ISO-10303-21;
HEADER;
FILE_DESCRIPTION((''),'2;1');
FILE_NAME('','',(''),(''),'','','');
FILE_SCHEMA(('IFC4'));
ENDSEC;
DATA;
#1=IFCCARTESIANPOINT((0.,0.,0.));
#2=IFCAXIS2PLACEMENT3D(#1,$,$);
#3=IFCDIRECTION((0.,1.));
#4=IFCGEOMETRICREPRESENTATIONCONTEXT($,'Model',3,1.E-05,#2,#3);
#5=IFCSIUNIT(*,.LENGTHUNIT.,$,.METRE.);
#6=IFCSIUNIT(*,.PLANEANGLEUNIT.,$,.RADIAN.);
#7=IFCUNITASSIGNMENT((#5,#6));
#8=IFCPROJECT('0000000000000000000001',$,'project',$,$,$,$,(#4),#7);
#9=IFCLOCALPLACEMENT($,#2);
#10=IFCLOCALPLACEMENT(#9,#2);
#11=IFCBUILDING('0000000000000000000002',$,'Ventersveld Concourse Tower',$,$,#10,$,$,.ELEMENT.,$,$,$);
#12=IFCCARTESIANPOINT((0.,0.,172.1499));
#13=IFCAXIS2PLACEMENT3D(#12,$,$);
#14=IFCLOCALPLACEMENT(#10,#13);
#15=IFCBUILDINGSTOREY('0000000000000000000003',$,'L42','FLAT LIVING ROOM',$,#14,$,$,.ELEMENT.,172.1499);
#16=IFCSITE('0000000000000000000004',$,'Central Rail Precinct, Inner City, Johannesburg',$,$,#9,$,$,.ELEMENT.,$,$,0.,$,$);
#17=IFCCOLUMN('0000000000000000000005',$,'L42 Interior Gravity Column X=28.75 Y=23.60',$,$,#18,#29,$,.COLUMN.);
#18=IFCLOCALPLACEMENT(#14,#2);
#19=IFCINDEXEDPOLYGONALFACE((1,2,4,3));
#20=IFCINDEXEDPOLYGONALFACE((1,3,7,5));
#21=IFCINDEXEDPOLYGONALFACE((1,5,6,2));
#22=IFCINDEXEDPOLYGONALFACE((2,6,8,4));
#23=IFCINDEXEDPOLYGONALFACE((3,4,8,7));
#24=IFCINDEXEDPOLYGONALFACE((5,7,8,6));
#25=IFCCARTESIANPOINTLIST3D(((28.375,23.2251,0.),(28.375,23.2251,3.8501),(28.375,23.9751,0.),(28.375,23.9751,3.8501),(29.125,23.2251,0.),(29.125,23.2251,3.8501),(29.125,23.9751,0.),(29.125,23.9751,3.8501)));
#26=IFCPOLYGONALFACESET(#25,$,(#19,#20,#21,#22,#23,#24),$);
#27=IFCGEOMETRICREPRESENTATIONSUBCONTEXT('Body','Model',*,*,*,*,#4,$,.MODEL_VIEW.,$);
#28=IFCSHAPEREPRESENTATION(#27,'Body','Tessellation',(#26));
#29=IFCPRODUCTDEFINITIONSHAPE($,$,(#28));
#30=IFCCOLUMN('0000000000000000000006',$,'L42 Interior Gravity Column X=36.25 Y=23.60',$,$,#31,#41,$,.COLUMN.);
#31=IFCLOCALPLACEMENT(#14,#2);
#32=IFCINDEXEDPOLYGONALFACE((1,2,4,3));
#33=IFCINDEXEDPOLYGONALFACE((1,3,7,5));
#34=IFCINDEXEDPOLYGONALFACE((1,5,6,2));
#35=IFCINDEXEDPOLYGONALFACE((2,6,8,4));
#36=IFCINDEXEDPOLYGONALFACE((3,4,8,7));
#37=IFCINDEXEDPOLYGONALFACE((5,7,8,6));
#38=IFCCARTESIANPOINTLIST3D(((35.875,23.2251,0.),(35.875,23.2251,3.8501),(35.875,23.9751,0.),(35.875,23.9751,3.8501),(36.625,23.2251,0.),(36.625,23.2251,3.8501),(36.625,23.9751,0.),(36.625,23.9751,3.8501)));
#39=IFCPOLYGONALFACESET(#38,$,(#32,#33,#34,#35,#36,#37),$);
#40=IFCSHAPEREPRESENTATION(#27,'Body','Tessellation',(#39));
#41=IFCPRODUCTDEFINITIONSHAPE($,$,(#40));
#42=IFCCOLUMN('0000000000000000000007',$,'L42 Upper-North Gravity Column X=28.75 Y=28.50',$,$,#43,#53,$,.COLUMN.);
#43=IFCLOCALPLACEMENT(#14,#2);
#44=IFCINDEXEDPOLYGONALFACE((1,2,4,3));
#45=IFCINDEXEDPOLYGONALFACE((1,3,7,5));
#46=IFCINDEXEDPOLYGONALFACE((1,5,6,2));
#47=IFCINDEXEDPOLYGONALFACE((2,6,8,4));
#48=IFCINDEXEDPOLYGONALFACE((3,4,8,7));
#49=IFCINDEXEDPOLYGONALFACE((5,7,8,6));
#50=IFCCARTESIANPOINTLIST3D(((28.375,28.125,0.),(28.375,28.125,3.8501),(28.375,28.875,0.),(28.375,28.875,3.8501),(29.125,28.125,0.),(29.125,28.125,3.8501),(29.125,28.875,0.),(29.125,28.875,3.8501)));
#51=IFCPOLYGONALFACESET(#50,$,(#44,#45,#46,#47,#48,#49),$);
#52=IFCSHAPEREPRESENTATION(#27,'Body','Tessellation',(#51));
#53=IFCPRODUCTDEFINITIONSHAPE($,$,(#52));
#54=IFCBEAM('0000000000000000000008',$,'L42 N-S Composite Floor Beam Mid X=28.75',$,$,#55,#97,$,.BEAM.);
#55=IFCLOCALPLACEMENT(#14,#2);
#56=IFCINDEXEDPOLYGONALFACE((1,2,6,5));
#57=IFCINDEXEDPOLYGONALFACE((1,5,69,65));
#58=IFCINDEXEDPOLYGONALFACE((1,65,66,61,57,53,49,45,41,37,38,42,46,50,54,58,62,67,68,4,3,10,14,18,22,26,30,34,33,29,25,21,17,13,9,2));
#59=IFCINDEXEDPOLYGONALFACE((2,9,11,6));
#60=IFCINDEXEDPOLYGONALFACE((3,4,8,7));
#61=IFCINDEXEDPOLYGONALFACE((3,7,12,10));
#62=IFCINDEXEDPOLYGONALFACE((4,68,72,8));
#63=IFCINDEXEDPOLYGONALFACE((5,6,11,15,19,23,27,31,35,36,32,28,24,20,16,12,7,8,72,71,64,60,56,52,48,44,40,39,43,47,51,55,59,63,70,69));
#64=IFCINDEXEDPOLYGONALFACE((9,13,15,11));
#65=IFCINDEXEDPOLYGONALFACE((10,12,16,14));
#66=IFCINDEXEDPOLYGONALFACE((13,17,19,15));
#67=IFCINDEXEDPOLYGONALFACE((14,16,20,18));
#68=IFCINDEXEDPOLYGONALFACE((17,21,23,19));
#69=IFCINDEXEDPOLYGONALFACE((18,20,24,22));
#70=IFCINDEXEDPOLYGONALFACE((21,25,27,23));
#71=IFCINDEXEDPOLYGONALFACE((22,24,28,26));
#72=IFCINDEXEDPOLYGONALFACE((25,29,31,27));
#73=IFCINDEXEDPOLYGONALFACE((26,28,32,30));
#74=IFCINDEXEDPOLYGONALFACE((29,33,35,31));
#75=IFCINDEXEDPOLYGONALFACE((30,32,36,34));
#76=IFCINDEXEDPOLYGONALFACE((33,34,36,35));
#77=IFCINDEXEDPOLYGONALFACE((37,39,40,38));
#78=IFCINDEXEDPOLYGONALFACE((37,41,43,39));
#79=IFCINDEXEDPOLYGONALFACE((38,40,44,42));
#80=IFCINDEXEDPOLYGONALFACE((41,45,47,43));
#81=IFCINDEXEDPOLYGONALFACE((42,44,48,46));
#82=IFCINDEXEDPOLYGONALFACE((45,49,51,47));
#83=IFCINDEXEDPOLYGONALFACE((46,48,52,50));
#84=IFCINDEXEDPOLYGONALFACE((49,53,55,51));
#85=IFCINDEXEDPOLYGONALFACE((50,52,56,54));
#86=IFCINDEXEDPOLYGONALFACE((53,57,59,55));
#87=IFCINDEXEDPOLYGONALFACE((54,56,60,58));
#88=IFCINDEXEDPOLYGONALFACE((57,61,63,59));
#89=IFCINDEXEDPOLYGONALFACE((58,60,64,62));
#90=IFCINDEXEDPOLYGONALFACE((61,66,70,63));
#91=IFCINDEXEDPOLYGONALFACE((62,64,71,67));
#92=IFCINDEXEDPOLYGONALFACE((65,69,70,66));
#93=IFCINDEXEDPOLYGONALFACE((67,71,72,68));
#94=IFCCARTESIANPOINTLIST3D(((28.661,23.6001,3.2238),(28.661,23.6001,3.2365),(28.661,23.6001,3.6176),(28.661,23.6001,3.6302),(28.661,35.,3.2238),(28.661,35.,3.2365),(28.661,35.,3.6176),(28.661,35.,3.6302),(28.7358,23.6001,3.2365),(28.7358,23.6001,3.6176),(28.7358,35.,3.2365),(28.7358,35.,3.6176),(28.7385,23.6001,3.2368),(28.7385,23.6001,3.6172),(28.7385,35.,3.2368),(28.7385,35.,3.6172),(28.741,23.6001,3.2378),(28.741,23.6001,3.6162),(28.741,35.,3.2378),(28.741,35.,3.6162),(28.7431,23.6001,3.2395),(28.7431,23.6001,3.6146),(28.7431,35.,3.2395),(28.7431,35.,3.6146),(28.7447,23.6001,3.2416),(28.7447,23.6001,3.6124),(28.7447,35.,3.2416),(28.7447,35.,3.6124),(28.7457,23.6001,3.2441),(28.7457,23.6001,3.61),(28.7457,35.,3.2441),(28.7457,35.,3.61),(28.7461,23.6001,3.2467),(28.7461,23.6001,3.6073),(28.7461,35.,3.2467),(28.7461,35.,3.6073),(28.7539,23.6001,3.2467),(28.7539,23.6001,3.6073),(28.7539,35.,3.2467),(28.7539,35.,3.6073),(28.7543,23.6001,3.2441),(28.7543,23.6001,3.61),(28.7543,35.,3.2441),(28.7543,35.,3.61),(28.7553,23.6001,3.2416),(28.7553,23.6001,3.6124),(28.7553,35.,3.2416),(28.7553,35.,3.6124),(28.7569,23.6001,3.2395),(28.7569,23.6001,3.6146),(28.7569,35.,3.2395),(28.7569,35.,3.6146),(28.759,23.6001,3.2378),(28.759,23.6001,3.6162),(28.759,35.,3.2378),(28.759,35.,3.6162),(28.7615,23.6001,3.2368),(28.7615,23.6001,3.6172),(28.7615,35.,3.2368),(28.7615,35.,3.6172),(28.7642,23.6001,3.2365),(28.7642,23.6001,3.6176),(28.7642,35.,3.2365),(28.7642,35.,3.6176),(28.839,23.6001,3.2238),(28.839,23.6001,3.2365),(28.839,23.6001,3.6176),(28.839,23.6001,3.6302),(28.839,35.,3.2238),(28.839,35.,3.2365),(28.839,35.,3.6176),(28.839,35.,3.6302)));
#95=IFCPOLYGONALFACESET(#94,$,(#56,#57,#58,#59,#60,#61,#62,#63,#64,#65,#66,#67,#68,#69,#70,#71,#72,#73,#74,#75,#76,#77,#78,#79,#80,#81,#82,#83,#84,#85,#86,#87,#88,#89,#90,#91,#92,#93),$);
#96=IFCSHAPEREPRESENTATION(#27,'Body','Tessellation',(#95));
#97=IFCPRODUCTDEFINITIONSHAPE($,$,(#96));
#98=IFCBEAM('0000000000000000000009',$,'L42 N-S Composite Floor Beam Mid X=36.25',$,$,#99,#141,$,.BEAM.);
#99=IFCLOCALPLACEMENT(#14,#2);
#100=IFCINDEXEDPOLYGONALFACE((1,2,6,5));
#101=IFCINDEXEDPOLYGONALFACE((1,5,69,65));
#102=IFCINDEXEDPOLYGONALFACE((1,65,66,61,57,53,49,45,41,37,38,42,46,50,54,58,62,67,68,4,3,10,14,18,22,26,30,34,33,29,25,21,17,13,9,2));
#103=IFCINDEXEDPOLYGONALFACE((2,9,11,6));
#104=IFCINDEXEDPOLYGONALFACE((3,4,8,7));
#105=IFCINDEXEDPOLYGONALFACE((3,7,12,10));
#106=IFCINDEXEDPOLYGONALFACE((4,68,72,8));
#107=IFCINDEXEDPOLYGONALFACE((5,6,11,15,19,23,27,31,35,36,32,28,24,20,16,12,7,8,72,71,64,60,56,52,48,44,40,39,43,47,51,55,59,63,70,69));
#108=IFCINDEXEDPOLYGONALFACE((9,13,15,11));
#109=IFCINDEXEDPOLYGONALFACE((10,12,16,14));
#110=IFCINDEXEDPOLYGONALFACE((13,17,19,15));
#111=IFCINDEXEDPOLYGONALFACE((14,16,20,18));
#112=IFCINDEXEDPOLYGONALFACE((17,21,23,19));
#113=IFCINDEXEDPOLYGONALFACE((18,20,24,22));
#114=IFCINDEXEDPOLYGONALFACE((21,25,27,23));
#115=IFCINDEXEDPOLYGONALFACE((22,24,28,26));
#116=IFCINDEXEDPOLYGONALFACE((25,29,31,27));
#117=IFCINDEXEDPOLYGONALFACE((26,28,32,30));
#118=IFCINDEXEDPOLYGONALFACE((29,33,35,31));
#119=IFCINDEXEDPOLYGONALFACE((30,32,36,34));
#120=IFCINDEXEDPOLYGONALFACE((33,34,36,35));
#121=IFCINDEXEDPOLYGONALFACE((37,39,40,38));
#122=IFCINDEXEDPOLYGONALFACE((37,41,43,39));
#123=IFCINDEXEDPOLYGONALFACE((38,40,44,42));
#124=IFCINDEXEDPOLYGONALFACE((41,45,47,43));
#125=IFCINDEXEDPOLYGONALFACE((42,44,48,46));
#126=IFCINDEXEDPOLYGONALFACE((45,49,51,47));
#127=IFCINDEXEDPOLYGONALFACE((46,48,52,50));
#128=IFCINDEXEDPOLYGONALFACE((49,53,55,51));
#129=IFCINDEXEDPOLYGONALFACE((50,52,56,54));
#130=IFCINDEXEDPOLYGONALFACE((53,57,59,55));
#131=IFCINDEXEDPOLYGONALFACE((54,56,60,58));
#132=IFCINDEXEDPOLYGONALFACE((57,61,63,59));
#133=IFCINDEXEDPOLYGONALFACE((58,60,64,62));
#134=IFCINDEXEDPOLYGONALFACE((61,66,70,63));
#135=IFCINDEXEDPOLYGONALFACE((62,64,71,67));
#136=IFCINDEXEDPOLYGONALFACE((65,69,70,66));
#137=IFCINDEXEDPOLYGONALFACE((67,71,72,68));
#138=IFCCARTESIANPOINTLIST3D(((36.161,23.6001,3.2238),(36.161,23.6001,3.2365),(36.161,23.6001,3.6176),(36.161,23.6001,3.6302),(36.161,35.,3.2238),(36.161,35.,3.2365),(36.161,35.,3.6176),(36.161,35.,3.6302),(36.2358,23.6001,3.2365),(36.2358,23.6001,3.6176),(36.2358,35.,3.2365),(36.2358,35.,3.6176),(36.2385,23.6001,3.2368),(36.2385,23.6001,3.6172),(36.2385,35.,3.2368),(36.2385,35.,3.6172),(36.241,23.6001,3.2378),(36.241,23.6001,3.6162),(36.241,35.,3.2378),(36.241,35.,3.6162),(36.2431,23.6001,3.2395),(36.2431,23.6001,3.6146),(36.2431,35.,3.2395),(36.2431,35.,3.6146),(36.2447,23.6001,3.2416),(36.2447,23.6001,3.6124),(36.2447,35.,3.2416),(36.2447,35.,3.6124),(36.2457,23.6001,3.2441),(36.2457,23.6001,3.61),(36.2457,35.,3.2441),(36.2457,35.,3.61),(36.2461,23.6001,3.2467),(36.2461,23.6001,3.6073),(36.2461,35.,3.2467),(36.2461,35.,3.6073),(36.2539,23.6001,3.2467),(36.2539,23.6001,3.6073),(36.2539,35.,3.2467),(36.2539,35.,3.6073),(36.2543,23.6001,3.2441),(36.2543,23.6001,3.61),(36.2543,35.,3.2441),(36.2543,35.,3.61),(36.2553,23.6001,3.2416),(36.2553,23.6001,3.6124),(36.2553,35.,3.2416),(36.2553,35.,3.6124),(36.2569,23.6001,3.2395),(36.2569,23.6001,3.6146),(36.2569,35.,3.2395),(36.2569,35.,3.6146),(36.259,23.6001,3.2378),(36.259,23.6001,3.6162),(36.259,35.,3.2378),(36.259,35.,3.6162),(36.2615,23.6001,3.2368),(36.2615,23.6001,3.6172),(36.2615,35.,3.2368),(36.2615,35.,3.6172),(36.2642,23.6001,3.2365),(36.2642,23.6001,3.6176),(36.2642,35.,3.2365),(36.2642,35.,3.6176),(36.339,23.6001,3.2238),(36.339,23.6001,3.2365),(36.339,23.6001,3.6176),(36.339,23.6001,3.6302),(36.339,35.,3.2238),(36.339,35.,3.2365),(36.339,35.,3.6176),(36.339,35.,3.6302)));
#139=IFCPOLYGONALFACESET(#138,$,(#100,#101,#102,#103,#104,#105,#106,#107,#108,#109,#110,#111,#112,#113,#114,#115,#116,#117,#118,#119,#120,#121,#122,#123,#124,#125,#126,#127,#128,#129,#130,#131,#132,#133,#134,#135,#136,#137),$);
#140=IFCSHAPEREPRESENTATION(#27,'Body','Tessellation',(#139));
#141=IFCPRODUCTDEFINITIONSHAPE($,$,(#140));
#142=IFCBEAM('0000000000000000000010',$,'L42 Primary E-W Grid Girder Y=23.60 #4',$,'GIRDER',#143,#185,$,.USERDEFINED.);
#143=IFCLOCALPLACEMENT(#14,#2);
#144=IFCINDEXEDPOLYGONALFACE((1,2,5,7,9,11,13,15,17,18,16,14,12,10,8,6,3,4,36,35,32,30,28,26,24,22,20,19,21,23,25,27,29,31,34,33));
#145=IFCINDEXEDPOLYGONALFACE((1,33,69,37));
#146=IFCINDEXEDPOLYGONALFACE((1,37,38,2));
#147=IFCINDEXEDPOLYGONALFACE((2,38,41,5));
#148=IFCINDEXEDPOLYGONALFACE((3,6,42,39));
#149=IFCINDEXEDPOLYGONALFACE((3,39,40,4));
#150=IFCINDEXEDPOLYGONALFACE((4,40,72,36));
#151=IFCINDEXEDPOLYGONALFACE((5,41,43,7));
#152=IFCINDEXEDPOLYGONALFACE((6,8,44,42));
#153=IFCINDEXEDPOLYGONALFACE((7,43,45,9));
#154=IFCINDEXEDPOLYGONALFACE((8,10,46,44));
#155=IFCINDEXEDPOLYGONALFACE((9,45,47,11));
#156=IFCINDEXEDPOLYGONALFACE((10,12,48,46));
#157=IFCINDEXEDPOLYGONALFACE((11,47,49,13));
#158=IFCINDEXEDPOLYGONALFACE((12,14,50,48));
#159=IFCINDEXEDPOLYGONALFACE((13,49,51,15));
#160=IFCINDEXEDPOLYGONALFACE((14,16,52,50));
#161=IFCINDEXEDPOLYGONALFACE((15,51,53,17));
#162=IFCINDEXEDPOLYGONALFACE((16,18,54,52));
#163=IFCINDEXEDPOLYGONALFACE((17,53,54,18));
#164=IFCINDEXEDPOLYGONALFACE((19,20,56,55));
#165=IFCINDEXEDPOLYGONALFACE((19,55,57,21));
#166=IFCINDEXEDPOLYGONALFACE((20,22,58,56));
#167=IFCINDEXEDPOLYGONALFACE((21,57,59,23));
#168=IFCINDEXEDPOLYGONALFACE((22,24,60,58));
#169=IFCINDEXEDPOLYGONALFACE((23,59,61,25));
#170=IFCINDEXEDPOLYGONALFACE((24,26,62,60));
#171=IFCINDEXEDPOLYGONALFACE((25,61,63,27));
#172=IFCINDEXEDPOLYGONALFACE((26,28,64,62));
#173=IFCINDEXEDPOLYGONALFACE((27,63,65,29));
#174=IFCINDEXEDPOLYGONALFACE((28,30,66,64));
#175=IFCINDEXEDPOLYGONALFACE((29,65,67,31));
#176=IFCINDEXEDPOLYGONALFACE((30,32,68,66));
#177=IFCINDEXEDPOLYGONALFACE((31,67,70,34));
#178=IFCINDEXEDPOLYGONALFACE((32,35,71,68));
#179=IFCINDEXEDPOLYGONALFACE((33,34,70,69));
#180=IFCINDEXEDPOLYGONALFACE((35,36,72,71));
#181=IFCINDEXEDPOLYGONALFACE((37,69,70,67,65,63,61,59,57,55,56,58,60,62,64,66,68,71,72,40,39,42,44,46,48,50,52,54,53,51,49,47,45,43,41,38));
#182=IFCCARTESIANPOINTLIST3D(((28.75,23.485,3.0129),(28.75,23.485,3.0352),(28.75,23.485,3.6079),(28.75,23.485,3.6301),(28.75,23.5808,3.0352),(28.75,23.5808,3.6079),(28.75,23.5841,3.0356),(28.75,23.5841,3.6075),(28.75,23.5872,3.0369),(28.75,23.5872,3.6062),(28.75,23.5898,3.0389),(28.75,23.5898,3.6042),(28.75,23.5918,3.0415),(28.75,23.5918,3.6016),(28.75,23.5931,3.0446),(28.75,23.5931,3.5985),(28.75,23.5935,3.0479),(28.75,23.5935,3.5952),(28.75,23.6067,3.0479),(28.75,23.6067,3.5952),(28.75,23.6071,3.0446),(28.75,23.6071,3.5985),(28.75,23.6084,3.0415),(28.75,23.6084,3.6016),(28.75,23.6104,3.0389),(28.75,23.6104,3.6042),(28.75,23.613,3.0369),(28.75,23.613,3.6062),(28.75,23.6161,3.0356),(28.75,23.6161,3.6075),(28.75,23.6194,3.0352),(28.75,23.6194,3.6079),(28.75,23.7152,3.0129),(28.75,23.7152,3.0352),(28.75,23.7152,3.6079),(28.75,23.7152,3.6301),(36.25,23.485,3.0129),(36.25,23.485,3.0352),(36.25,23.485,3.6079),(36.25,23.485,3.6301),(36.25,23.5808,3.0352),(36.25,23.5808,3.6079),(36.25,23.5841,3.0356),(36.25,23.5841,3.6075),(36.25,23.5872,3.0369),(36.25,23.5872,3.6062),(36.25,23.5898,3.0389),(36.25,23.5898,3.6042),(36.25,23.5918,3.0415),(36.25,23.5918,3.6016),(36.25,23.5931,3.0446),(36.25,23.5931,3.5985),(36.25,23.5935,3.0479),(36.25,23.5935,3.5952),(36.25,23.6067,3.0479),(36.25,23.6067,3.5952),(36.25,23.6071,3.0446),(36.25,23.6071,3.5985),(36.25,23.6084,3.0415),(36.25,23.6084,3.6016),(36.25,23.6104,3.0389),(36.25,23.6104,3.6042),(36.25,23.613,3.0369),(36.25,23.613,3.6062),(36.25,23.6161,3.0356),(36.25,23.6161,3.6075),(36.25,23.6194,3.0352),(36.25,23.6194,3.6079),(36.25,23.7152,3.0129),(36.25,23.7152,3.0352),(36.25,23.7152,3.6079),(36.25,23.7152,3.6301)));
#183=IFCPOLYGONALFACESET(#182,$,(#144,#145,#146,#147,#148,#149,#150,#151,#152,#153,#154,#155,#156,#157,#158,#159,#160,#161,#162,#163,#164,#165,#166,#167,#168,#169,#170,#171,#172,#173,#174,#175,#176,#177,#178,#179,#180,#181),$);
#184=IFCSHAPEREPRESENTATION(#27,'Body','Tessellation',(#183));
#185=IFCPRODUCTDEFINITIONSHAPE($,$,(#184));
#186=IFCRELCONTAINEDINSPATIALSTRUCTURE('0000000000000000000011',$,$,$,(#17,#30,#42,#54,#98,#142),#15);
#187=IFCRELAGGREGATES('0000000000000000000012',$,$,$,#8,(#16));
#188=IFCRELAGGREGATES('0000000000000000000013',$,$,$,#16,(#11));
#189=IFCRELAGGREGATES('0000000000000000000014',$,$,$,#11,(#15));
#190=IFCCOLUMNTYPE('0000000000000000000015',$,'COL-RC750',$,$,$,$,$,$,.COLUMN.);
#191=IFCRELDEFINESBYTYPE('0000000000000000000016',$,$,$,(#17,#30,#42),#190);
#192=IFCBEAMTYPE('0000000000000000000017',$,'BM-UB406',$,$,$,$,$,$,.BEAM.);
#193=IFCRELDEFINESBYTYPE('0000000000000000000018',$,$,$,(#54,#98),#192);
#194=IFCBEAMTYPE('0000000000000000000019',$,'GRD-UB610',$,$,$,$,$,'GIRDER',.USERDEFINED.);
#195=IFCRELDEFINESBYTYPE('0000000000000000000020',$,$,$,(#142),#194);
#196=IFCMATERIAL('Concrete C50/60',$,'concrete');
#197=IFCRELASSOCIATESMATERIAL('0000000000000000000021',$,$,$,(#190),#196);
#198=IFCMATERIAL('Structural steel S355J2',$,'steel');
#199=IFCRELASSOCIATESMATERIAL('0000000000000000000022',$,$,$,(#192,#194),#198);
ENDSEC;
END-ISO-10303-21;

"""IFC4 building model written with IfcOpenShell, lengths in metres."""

from ifc_helpers import new_model, si_unit, direction, frame, origin, origin_2d, place, context, subcontext, project, spatial, rectangle, i_section, extrude, material, material_profile, profile_set, type_object, element, save


model = new_model("IFC4")

# Units and contexts
model_context = context("Model", 3, precision=1e-05, world=origin(), true_north=direction((0.0, 1.0)))
body_context = subcontext(model_context, "Body", "Model", "MODEL_VIEW")
ifc_project = project(units=[si_unit("LENGTHUNIT", "METRE"), si_unit("PLANEANGLEUNIT", "RADIAN")], contexts=[model_context])

# Site, building, storey
site_placement = place(None, origin())
site = spatial("IfcSite", under=ifc_project, at=site_placement, Name="Central Rail Precinct, Inner City, Johannesburg", CompositionType="ELEMENT", RefElevation=0.0)
building_placement = place(site_placement, origin())
building = spatial("IfcBuilding", under=site, at=building_placement, Name="Ventersveld Concourse Tower", CompositionType="ELEMENT")
storey_placement = place(building_placement, frame((0.0, 0.0, 172.1499)))
storey = spatial("IfcBuildingStorey", under=building, at=storey_placement, Name="L42", Description="FLAT LIVING ROOM", CompositionType="ELEMENT", Elevation=172.1499)

# Columns
ifc_material_1 = material(Name="Concrete C50/60", Category="concrete")
ifc_material_profile_1 = material_profile(ifc_material_1, rectangle(XDim=0.75, YDim=0.75, at=origin_2d()), Name="RC 750x750")
ifc_profile_set_1 = profile_set([ifc_material_profile_1], Name="Concrete C50/60")
column_type = type_object("IfcColumnType", Name="COL-RC750", PredefinedType="COLUMN", material=ifc_profile_set_1)
for number, where, z_axis, x_axis, name in (
    (1, (28.75, 23.6001, 0.0), (0.0, 0.0, 1.0), (1.0, 0.0, 0.0), "L42 Interior Gravity Column X=28.75 Y=23.60"),
    (2, (36.25, 23.6001, 0.0), (0.0, 0.0, 1.0), (1.0, 0.0, 0.0), "L42 Interior Gravity Column X=36.25 Y=23.60"),
    (3, (28.75, 28.5, 0.0), (0.0, 0.0, 1.0), (1.0, 0.0, 0.0), "L42 Upper-North Gravity Column X=28.75 Y=28.50"),
):
    element("IfcColumn", number, at=place(storey_placement, frame(where, z_axis=z_axis, x_axis=x_axis)), inside=storey, type_object=column_type, Name=name, PredefinedType="COLUMN", context=body_context, shape_type="SweptSolid", body=[
        extrude(rectangle(XDim=0.75, YDim=0.75, at=origin_2d()), origin(), (0.0, 0.0, 1.0), 3.8501),
    ])

# Beams
ifc_material_2 = material(Name="Structural steel S355J2", Category="steel")
ifc_material_profile_2 = material_profile(ifc_material_2, i_section(OverallWidth=0.178, OverallDepth=0.4065, WebThickness=0.0078, FlangeThickness=0.0127, FilletRadius=0.0103, at=origin_2d()), Name="UB 406x178x60")
ifc_profile_set_2 = profile_set([ifc_material_profile_2], Name="Structural steel S355J2")
beam_type_1 = type_object("IfcBeamType", Name="BM-UB406", PredefinedType="BEAM", material=ifc_profile_set_2)
for number, where, z_axis, x_axis, name in (
    (4, (28.75, 23.6001, 3.427), (0.0, 1.0, 0.0), (-1.0, 0.0, 0.0), "L42 N-S Composite Floor Beam Mid X=28.75"),
    (5, (36.25, 23.6001, 3.427), (0.0, 1.0, 0.0), (-1.0, 0.0, 0.0), "L42 N-S Composite Floor Beam Mid X=36.25"),
):
    element("IfcBeam", number, at=place(storey_placement, frame(where, z_axis=z_axis, x_axis=x_axis)), inside=storey, type_object=beam_type_1, Name=name, PredefinedType="BEAM", context=body_context, shape_type="SweptSolid", body=[
        extrude(i_section(OverallWidth=0.178, OverallDepth=0.4065, WebThickness=0.0078, FlangeThickness=0.0127, FilletRadius=0.0103, at=origin_2d()), origin(), (0.0, 0.0, 1.0), 11.3999),
    ])
ifc_material_profile_3 = material_profile(ifc_material_2, i_section(OverallWidth=0.2302, OverallDepth=0.6172, WebThickness=0.0132, FlangeThickness=0.0222, FilletRadius=0.0127, at=origin_2d()), Name="UB 610x229x140")
ifc_profile_set_3 = profile_set([ifc_material_profile_3], Name="Structural steel S355J2")
beam_type_2 = type_object("IfcBeamType", Name="GRD-UB610", ElementType="GIRDER", PredefinedType="USERDEFINED", material=ifc_profile_set_3)
for number, where, z_axis, x_axis, name in (
    (6, (28.75, 23.6001, 3.3215), (1.0, 0.0, 0.0), (0.0, 1.0, 0.0), "L42 Primary E-W Grid Girder Y=23.60 #4"),
):
    element("IfcBeam", number, at=place(storey_placement, frame(where, z_axis=z_axis, x_axis=x_axis)), inside=storey, type_object=beam_type_2, Name=name, ObjectType="GIRDER", PredefinedType="USERDEFINED", context=body_context, shape_type="SweptSolid", body=[
        extrude(i_section(OverallWidth=0.2302, OverallDepth=0.6172, WebThickness=0.0132, FlangeThickness=0.0222, FilletRadius=0.0127, at=origin_2d()), origin(), (0.0, 0.0, 1.0), 7.5),
    ])

save(model, "model.ifc")
